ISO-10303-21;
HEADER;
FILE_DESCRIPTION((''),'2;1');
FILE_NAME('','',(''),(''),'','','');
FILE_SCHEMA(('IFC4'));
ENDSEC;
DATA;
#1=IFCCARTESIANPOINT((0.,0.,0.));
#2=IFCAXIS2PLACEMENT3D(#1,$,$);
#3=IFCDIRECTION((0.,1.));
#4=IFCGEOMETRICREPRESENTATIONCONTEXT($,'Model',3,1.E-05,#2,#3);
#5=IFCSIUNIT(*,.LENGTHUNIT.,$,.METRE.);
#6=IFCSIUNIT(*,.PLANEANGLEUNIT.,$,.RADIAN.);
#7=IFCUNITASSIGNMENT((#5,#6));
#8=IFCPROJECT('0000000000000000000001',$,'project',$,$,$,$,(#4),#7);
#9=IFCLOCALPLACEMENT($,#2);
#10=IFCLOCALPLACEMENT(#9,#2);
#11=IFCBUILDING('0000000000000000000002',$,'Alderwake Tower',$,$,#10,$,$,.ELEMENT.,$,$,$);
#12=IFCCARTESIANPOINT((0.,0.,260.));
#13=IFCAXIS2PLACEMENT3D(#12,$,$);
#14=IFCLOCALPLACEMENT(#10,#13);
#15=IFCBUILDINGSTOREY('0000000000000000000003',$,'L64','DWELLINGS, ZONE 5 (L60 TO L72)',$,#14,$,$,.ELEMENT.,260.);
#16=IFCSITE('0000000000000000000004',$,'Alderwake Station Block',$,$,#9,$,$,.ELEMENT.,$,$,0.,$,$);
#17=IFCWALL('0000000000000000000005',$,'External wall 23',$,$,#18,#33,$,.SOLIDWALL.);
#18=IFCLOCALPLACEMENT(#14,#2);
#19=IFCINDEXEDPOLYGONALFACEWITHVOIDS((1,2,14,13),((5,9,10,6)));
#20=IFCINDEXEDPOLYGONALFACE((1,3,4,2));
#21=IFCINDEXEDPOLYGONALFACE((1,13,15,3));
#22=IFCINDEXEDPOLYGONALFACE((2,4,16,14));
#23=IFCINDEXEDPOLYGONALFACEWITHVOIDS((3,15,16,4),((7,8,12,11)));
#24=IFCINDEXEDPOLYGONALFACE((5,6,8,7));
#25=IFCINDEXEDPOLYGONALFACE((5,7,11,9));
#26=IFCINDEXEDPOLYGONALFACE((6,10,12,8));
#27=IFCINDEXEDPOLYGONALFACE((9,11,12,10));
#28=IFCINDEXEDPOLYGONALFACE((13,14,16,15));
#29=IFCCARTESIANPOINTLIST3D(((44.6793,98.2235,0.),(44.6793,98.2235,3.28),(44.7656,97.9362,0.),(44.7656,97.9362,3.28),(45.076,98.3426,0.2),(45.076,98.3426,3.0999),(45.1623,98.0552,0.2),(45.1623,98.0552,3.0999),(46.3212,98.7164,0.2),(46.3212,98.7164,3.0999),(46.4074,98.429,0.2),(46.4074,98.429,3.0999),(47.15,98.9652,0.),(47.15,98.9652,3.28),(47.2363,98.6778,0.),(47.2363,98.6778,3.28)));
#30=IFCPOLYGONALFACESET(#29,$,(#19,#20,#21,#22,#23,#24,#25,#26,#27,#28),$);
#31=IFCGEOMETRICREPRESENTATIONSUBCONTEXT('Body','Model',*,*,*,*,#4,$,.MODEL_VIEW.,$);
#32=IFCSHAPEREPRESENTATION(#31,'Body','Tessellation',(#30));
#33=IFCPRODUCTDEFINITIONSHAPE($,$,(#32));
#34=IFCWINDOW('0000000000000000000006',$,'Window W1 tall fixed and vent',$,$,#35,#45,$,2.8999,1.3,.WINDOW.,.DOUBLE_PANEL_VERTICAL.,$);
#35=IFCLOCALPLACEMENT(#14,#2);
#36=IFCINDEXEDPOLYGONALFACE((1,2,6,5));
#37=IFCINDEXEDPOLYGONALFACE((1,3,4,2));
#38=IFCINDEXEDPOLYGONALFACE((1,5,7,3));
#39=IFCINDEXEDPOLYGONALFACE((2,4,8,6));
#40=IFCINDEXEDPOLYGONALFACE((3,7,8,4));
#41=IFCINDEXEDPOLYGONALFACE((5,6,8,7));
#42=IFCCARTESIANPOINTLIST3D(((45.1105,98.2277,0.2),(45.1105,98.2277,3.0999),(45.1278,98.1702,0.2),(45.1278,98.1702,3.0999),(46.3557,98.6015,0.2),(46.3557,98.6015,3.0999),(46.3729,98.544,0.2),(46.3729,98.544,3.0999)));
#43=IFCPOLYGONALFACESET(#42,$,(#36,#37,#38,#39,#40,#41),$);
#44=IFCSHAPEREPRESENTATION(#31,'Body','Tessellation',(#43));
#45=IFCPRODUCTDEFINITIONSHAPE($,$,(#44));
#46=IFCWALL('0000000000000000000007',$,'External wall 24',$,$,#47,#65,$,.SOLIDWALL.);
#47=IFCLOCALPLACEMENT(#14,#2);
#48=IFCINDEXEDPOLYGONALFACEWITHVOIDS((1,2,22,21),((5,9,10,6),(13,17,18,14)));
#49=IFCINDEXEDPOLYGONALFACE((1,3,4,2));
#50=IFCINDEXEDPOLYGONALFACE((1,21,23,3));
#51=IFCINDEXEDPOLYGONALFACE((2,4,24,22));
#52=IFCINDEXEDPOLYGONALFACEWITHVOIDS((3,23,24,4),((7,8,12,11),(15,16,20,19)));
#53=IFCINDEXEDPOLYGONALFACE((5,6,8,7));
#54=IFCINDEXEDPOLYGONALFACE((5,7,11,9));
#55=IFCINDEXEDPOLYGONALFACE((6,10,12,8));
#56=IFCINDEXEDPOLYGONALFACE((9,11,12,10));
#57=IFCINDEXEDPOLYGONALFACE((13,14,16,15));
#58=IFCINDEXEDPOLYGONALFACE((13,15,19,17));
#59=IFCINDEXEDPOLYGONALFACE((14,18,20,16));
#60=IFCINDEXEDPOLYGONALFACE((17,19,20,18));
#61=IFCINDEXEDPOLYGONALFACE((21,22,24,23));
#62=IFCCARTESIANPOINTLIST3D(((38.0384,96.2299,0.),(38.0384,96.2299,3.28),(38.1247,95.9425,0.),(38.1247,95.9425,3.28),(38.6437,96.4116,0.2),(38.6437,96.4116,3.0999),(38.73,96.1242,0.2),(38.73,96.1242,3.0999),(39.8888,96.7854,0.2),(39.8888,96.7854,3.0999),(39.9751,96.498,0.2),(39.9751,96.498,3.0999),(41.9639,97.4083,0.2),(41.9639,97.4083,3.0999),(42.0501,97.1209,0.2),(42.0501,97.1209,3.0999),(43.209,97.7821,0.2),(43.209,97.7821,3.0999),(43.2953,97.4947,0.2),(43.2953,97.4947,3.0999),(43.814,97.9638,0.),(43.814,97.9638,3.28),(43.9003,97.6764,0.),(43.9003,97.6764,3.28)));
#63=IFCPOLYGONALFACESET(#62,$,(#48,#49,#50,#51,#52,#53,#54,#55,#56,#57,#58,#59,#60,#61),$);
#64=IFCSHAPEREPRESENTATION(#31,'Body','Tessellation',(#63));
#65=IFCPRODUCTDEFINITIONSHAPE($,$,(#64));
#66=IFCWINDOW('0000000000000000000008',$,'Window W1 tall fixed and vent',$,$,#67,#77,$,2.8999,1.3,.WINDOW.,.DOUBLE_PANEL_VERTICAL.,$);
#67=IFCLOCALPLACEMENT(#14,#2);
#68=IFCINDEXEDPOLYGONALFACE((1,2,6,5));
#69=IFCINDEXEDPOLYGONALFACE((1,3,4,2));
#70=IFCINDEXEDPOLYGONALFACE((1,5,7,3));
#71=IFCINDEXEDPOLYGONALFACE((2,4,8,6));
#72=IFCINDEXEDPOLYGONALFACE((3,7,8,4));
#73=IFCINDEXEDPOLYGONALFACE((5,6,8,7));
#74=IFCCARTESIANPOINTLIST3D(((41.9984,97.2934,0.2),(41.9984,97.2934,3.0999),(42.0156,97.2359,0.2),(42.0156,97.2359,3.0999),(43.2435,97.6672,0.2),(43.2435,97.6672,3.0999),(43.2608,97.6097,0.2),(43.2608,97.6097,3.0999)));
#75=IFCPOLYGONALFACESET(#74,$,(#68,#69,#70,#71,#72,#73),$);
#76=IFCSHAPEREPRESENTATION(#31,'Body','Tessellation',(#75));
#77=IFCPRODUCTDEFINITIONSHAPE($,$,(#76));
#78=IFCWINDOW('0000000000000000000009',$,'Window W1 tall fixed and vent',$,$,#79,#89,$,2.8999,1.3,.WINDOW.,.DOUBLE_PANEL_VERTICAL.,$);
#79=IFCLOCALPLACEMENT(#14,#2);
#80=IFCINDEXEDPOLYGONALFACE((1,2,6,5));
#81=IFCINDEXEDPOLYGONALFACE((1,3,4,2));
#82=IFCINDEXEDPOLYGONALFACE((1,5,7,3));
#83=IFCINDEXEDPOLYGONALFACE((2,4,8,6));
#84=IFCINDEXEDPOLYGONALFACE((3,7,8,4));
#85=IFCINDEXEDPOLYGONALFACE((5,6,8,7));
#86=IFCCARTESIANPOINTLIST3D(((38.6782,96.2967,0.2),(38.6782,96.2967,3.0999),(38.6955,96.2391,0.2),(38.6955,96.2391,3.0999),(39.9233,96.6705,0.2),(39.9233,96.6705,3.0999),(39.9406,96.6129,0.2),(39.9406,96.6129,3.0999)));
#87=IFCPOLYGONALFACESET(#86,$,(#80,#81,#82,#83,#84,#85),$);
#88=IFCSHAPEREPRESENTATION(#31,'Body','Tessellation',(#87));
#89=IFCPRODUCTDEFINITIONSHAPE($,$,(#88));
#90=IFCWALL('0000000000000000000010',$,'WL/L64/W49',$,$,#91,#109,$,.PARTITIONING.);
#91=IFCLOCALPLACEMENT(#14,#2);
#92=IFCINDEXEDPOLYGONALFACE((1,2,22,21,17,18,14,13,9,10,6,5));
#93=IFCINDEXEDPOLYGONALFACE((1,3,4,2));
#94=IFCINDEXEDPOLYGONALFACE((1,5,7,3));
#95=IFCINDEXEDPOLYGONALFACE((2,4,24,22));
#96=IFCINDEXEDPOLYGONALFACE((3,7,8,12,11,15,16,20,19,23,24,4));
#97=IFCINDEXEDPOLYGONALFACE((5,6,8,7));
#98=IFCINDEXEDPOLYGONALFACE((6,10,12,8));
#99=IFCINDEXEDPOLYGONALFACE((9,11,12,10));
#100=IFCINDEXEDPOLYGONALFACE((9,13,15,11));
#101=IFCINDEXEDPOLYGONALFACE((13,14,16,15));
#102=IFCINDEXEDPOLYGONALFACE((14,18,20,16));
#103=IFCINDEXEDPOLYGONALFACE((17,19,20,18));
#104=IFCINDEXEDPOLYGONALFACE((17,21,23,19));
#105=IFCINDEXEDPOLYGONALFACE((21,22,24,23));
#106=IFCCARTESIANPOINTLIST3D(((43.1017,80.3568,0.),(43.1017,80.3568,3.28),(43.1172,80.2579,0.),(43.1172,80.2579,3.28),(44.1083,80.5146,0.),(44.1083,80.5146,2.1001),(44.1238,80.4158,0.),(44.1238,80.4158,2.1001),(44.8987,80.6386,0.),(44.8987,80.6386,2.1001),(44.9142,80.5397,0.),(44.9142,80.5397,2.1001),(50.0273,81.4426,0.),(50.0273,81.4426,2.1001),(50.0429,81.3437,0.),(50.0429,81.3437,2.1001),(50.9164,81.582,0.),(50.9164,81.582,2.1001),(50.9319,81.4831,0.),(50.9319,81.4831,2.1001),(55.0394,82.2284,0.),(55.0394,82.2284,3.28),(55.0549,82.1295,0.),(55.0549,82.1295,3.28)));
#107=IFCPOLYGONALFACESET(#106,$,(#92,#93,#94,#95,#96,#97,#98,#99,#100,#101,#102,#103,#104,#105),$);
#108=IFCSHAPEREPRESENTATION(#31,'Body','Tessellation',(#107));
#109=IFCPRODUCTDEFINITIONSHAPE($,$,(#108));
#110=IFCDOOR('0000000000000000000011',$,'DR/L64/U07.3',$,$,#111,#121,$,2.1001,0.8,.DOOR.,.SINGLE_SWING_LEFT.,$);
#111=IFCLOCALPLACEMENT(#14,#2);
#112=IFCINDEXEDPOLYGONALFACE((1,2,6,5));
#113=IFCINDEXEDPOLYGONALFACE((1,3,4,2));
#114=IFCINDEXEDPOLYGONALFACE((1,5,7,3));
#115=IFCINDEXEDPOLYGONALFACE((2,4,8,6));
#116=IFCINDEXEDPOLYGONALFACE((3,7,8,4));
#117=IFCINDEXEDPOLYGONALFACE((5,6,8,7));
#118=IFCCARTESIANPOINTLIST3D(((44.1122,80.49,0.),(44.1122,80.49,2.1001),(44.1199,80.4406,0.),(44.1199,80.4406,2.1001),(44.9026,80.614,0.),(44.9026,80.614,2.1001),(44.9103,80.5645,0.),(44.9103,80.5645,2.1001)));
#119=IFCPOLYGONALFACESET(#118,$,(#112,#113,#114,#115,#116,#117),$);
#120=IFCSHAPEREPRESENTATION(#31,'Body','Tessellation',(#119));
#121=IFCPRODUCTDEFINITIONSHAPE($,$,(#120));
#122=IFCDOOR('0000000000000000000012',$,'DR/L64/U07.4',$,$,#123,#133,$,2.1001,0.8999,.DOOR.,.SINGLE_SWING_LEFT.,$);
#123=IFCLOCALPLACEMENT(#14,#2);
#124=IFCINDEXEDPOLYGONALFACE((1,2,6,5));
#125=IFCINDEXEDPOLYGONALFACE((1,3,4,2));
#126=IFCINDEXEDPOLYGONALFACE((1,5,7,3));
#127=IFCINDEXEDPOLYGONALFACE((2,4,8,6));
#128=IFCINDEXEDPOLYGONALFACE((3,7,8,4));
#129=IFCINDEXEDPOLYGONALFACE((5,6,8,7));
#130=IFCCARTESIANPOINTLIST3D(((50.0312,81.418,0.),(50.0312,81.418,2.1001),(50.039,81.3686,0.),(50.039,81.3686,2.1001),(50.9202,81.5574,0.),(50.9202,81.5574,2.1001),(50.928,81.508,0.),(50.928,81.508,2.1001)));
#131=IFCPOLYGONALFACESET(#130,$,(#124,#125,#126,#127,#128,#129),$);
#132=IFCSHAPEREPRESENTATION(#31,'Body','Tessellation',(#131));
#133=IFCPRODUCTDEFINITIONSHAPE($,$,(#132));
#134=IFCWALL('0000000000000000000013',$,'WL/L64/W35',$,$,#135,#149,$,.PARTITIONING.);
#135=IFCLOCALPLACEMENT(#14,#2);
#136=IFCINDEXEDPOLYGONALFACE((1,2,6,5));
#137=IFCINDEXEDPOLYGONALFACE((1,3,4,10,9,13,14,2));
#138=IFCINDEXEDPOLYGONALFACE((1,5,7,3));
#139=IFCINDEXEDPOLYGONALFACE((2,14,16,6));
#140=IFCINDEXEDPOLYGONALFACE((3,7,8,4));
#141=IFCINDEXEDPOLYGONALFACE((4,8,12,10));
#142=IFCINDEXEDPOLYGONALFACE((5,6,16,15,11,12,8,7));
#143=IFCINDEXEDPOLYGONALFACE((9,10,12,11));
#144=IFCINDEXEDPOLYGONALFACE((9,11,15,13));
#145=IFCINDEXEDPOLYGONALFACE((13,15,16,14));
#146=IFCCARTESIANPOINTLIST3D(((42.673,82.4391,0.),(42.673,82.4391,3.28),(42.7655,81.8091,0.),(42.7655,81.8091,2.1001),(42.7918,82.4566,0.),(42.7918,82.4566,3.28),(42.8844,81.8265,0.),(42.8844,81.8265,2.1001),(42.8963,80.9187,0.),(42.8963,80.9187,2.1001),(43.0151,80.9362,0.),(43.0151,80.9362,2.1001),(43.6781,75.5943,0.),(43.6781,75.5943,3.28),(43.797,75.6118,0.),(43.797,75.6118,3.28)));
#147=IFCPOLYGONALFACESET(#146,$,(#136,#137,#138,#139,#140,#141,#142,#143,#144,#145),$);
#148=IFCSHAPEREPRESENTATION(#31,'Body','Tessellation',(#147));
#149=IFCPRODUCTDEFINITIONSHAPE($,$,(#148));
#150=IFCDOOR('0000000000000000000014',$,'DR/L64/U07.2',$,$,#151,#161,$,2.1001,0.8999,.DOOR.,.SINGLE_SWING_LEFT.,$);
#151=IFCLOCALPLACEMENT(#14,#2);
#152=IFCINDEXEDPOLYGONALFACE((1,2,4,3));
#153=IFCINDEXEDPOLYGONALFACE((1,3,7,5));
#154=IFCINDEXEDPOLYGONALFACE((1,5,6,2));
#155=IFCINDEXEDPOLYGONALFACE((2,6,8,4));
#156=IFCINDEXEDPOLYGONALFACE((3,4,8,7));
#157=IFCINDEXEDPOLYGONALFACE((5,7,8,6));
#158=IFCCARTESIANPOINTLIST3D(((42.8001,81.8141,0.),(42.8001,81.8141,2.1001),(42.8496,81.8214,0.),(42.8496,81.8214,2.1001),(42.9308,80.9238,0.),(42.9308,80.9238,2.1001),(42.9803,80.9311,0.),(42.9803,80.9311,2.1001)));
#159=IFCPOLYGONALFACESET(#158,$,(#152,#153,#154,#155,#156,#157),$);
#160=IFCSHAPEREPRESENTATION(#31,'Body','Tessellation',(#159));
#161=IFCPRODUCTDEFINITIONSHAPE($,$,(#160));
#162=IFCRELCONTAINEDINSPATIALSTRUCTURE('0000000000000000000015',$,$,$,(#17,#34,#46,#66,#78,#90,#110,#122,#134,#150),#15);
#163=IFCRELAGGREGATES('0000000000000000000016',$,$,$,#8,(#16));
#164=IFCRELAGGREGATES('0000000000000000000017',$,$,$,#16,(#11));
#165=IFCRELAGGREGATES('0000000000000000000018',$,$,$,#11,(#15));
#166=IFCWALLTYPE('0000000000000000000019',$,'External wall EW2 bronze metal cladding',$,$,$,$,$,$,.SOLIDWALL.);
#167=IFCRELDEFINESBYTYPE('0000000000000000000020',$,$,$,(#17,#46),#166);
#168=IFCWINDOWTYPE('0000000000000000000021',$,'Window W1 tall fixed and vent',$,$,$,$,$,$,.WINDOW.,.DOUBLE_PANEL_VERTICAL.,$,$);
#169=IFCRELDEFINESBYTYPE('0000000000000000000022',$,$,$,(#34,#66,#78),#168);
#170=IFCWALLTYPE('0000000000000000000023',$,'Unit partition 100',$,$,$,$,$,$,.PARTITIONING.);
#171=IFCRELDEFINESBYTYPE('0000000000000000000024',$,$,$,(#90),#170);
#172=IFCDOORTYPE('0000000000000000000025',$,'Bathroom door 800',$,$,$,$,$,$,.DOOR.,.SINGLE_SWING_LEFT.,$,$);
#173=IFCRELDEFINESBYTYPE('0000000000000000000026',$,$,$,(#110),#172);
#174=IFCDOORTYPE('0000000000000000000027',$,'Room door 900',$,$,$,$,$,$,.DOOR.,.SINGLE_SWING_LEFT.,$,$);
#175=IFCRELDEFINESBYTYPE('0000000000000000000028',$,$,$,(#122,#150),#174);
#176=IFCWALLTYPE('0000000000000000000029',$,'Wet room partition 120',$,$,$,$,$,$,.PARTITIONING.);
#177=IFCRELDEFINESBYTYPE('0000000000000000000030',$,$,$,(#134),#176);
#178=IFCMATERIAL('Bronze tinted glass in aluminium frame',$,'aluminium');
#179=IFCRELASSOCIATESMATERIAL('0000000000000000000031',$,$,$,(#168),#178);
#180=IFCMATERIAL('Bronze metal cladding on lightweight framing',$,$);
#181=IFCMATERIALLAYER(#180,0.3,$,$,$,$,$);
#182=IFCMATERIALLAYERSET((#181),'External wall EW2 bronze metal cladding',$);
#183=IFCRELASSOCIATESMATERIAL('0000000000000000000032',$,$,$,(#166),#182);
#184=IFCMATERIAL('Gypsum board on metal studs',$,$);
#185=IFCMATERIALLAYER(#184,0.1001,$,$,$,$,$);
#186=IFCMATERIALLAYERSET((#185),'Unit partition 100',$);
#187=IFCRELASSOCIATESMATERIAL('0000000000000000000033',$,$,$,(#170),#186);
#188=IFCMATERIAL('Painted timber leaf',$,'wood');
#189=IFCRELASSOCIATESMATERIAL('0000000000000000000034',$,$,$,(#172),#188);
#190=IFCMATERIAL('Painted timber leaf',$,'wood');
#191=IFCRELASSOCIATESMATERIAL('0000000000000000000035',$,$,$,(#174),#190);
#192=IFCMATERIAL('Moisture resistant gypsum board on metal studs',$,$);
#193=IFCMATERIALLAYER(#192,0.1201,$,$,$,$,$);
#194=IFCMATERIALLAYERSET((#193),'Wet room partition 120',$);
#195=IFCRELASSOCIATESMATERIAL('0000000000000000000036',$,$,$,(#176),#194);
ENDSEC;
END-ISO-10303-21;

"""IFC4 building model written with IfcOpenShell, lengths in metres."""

from ifc_helpers import new_model, si_unit, direction, frame, frame_2d, origin, place, context, subcontext, project, spatial, rectangle, extrude, material, layer, layer_set, type_object, element, fill, save


model = new_model("IFC4")

# Units and contexts
model_context = context("Model", 3, precision=1e-05, world=origin(), true_north=direction((0.0, 1.0)))
body_context = subcontext(model_context, "Body", "Model", "MODEL_VIEW")
ifc_project = project(units=[si_unit("LENGTHUNIT", "METRE"), si_unit("PLANEANGLEUNIT", "RADIAN")], contexts=[model_context])

# Site, building, storey
site_placement = place(None, origin())
site = spatial("IfcSite", under=ifc_project, at=site_placement, Name="Alderwake Station Block", CompositionType="ELEMENT", RefElevation=0.0)
building_placement = place(site_placement, origin())
building = spatial("IfcBuilding", under=site, at=building_placement, Name="Alderwake Tower", CompositionType="ELEMENT")
storey_placement = place(building_placement, frame((0.0, 0.0, 260.0)))
storey = spatial("IfcBuildingStorey", under=building, at=storey_placement, Name="L64", Description="DWELLINGS, ZONE 5 (L60 TO L72)", CompositionType="ELEMENT", Elevation=260.0)

# Shared definitions
ifc_material_1 = material(Name="Bronze tinted glass in aluminium frame", Category="aluminium")
window_type = type_object("IfcWindowType", Name="Window W1 tall fixed and vent", PartitioningType="DOUBLE_PANEL_VERTICAL", PredefinedType="WINDOW", material=ifc_material_1)

# Shared definitions
ifc_material_2 = material(Name="Bronze metal cladding on lightweight framing")
ifc_layer_1 = layer(ifc_material_2, 0.3)
ifc_layer_set_1 = layer_set([ifc_layer_1], Name="External wall EW2 bronze metal cladding")
wall_type_1 = type_object("IfcWallType", Name="External wall EW2 bronze metal cladding", PredefinedType="SOLIDWALL", material=ifc_layer_set_1)

# Wall, opening, window
wall_1_placement = place(storey_placement, frame((47.1931, 98.8215, 0.0), z_axis=(0.0, 0.0, 1.0), x_axis=(-0.957774, -0.287522, 0.0)))
wall_1 = element("IfcWall", 1, at=wall_1_placement, inside=storey, type_object=wall_type_1, Name="External wall 23", PredefinedType="SOLIDWALL", context=body_context, shape_type="SweptSolid", body=[
    extrude(rectangle(XDim=2.5796, YDim=0.3, at=frame_2d((1.2898, 0.0))), origin(), (0.0, 0.0, 1.0), 3.28),
])
opening_1_placement = place(wall_1_placement, frame((0.8655, 0.0, 0.2)))
opening_1 = element("IfcOpeningElement", 2, at=opening_1_placement, cuts=wall_1, PredefinedType="OPENING", context=body_context, shape_type="SweptSolid", body=[
    extrude(rectangle(XDim=1.3, YDim=2.8999, at=frame_2d((0.6499, 1.45))), frame((0.0, 0.1599, 0.0), z_axis=(0.0, -1.0, 0.0), x_axis=(1.0, 0.0, 0.0)), (0.0, 0.0, 1.0), 0.3201),
])
window_1_placement = place(opening_1_placement, origin())
window_1 = element("IfcWindow", 3, at=window_1_placement, inside=storey, type_object=window_type, Name="Window W1 tall fixed and vent", OverallHeight=2.8999, OverallWidth=1.3, PartitioningType="DOUBLE_PANEL_VERTICAL", PredefinedType="WINDOW", context=body_context, shape_type="SweptSolid", body=[
    extrude(rectangle(XDim=1.3, YDim=2.8999, at=frame_2d((0.6499, 1.45))), frame((0.0, 0.03, 0.0), z_axis=(0.0, -1.0, 0.0), x_axis=(1.0, 0.0, 0.0)), (0.0, 0.0, 1.0), 0.0601),
])
fill(opening_1, window_1)

# Wall, openings, windows
wall_2_placement = place(storey_placement, frame((43.8572, 97.8201, 0.0), z_axis=(0.0, 0.0, 1.0), x_axis=(-0.957772, -0.28753, 0.0)))
wall_2 = element("IfcWall", 4, at=wall_2_placement, inside=storey, type_object=wall_type_1, Name="External wall 24", PredefinedType="SOLIDWALL", context=body_context, shape_type="SweptSolid", body=[
    extrude(rectangle(XDim=6.0303, YDim=0.3, at=frame_2d((3.0151, 0.0))), origin(), (0.0, 0.0, 1.0), 3.28),
])
opening_2_placement = place(wall_2_placement, frame((0.6318, 0.0, 0.2)))
opening_2 = element("IfcOpeningElement", 5, at=opening_2_placement, cuts=wall_2, PredefinedType="OPENING", context=body_context, shape_type="SweptSolid", body=[
    extrude(rectangle(XDim=1.3, YDim=2.8999, at=frame_2d((0.6499, 1.45))), frame((0.0, 0.1599, 0.0), z_axis=(0.0, -1.0, 0.0), x_axis=(1.0, 0.0, 0.0)), (0.0, 0.0, 1.0), 0.3201),
])
opening_3_placement = place(wall_2_placement, frame((4.0984, 0.0, 0.2)))
opening_3 = element("IfcOpeningElement", 6, at=opening_3_placement, cuts=wall_2, PredefinedType="OPENING", context=body_context, shape_type="SweptSolid", body=[
    extrude(rectangle(XDim=1.3, YDim=2.8999, at=frame_2d((0.6499, 1.45))), frame((0.0, 0.1599, 0.0), z_axis=(0.0, -1.0, 0.0), x_axis=(1.0, 0.0, 0.0)), (0.0, 0.0, 1.0), 0.3201),
])
window_2_placement = place(opening_2_placement, origin())
window_2 = element("IfcWindow", 7, at=window_2_placement, inside=storey, type_object=window_type, Name="Window W1 tall fixed and vent", OverallHeight=2.8999, OverallWidth=1.3, PartitioningType="DOUBLE_PANEL_VERTICAL", PredefinedType="WINDOW", context=body_context, shape_type="SweptSolid", body=[
    extrude(rectangle(XDim=1.3, YDim=2.8999, at=frame_2d((0.6499, 1.45))), frame((0.0, 0.03, 0.0), z_axis=(0.0, -1.0, 0.0), x_axis=(1.0, 0.0, 0.0)), (0.0, 0.0, 1.0), 0.0601),
])
fill(opening_2, window_2)
window_3_placement = place(opening_3_placement, origin())
window_3 = element("IfcWindow", 8, at=window_3_placement, inside=storey, type_object=window_type, Name="Window W1 tall fixed and vent", OverallHeight=2.8999, OverallWidth=1.3, PartitioningType="DOUBLE_PANEL_VERTICAL", PredefinedType="WINDOW", context=body_context, shape_type="SweptSolid", body=[
    extrude(rectangle(XDim=1.3, YDim=2.8999, at=frame_2d((0.6499, 1.45))), frame((0.0, 0.03, 0.0), z_axis=(0.0, -1.0, 0.0), x_axis=(1.0, 0.0, 0.0)), (0.0, 0.0, 1.0), 0.0601),
])
fill(opening_3, window_3)

# Wall, openings, doors
ifc_material_3 = material(Name="Gypsum board on metal studs")
ifc_layer_2 = layer(ifc_material_3, 0.1001)
ifc_layer_set_2 = layer_set([ifc_layer_2], Name="Unit partition 100")
wall_type_2 = type_object("IfcWallType", Name="Unit partition 100", PredefinedType="PARTITIONING", material=ifc_layer_set_2)
wall_3_placement = place(storey_placement, frame((55.0471, 82.179, 0.0), z_axis=(0.0, 0.0, 1.0), x_axis=(-0.987932, -0.154887, 0.0)))
wall_3 = element("IfcWall", 9, at=wall_3_placement, inside=storey, type_object=wall_type_2, Name="WL/L64/W49", PredefinedType="PARTITIONING", context=body_context, shape_type="SweptSolid", body=[
    extrude(rectangle(XDim=12.0835, YDim=0.1001, at=frame_2d((6.0417, 0.0))), origin(), (0.0, 0.0, 1.0), 3.28),
])
opening_4_placement = place(wall_3_placement, frame((10.2646, 0.0, 0.0)))
opening_4 = element("IfcOpeningElement", 10, at=opening_4_placement, cuts=wall_3, PredefinedType="OPENING", context=body_context, shape_type="SweptSolid", body=[
    extrude(rectangle(XDim=0.8, YDim=2.1001, at=frame_2d((0.3999, 1.05))), frame((0.0, 0.0601, 0.0), z_axis=(0.0, -1.0, 0.0), x_axis=(1.0, 0.0, 0.0)), (0.0, 0.0, 1.0), 0.1201),
])
opening_5_placement = place(wall_3_placement, frame((4.1733, 0.0, 0.0)))
opening_5 = element("IfcOpeningElement", 11, at=opening_5_placement, cuts=wall_3, PredefinedType="OPENING", context=body_context, shape_type="SweptSolid", body=[
    extrude(rectangle(XDim=0.8999, YDim=2.1001, at=frame_2d((0.45, 1.05))), frame((0.0, 0.0601, 0.0), z_axis=(0.0, -1.0, 0.0), x_axis=(1.0, 0.0, 0.0)), (0.0, 0.0, 1.0), 0.1201),
])
ifc_material_4 = material(Name="Painted timber leaf", Category="wood")
door_type_1 = type_object("IfcDoorType", Name="Bathroom door 800", OperationType="SINGLE_SWING_LEFT", PredefinedType="DOOR", material=ifc_material_4)
door_1_placement = place(opening_4_placement, origin())
door_1 = element("IfcDoor", 12, at=door_1_placement, inside=storey, type_object=door_type_1, Name="DR/L64/U07.3", OperationType="SINGLE_SWING_LEFT", OverallHeight=2.1001, OverallWidth=0.8, PredefinedType="DOOR", context=body_context, shape_type="SweptSolid", body=[
    extrude(rectangle(XDim=0.8, YDim=2.1001, at=frame_2d((0.3999, 1.05))), frame((0.0, 0.0249, 0.0), z_axis=(0.0, -1.0, 0.0), x_axis=(1.0, 0.0, 0.0)), (0.0, 0.0, 1.0), 0.05),
])
fill(opening_4, door_1)
ifc_material_5 = material(Name="Painted timber leaf", Category="wood")
door_type_2 = type_object("IfcDoorType", Name="Room door 900", OperationType="SINGLE_SWING_LEFT", PredefinedType="DOOR", material=ifc_material_5)
door_2_placement = place(opening_5_placement, origin())
door_2 = element("IfcDoor", 13, at=door_2_placement, inside=storey, type_object=door_type_2, Name="DR/L64/U07.4", OperationType="SINGLE_SWING_LEFT", OverallHeight=2.1001, OverallWidth=0.8999, PredefinedType="DOOR", context=body_context, shape_type="SweptSolid", body=[
    extrude(rectangle(XDim=0.8999, YDim=2.1001, at=frame_2d((0.45, 1.05))), frame((0.0, 0.0249, 0.0), z_axis=(0.0, -1.0, 0.0), x_axis=(1.0, 0.0, 0.0)), (0.0, 0.0, 1.0), 0.05),
])
fill(opening_5, door_2)

# Wall, opening, door
ifc_material_6 = material(Name="Moisture resistant gypsum board on metal studs")
ifc_layer_3 = layer(ifc_material_6, 0.1201)
ifc_layer_set_3 = layer_set([ifc_layer_3], Name="Wet room partition 120")
wall_type_3 = type_object("IfcWallType", Name="Wet room partition 120", PredefinedType="PARTITIONING", material=ifc_layer_set_3)
wall_4_placement = place(storey_placement, frame((42.7324, 82.4478, 0.0), z_axis=(0.0, 0.0, 1.0), x_axis=(0.145289, -0.989389, 0.0)))
wall_4 = element("IfcWall", 14, at=wall_4_placement, inside=storey, type_object=wall_type_3, Name="WL/L64/W35", PredefinedType="PARTITIONING", context=body_context, shape_type="SweptSolid", body=[
    extrude(rectangle(XDim=6.9182, YDim=0.1201, at=frame_2d((3.459, 0.0))), origin(), (0.0, 0.0, 1.0), 3.28),
])
opening_6_placement = place(wall_4_placement, frame((0.6367, 0.0, 0.0)))
opening_6 = element("IfcOpeningElement", 15, at=opening_6_placement, cuts=wall_4, PredefinedType="OPENING", context=body_context, shape_type="SweptSolid", body=[
    extrude(rectangle(XDim=0.8999, YDim=2.1001, at=frame_2d((0.45, 1.05))), frame((0.0, 0.0701, 0.0), z_axis=(0.0, -1.0, 0.0), x_axis=(1.0, 0.0, 0.0)), (0.0, 0.0, 1.0), 0.1401),
])
door_3_placement = place(opening_6_placement, origin())
door_3 = element("IfcDoor", 16, at=door_3_placement, inside=storey, type_object=door_type_2, Name="DR/L64/U07.2", OperationType="SINGLE_SWING_LEFT", OverallHeight=2.1001, OverallWidth=0.8999, PredefinedType="DOOR", context=body_context, shape_type="SweptSolid", body=[
    extrude(rectangle(XDim=0.8999, YDim=2.1001, at=frame_2d((0.45, 1.05))), frame((0.0, 0.0249, 0.0), z_axis=(0.0, -1.0, 0.0), x_axis=(1.0, 0.0, 0.0)), (0.0, 0.0, 1.0), 0.05),
])
fill(opening_6, door_3)

save(model, "model.ifc")
